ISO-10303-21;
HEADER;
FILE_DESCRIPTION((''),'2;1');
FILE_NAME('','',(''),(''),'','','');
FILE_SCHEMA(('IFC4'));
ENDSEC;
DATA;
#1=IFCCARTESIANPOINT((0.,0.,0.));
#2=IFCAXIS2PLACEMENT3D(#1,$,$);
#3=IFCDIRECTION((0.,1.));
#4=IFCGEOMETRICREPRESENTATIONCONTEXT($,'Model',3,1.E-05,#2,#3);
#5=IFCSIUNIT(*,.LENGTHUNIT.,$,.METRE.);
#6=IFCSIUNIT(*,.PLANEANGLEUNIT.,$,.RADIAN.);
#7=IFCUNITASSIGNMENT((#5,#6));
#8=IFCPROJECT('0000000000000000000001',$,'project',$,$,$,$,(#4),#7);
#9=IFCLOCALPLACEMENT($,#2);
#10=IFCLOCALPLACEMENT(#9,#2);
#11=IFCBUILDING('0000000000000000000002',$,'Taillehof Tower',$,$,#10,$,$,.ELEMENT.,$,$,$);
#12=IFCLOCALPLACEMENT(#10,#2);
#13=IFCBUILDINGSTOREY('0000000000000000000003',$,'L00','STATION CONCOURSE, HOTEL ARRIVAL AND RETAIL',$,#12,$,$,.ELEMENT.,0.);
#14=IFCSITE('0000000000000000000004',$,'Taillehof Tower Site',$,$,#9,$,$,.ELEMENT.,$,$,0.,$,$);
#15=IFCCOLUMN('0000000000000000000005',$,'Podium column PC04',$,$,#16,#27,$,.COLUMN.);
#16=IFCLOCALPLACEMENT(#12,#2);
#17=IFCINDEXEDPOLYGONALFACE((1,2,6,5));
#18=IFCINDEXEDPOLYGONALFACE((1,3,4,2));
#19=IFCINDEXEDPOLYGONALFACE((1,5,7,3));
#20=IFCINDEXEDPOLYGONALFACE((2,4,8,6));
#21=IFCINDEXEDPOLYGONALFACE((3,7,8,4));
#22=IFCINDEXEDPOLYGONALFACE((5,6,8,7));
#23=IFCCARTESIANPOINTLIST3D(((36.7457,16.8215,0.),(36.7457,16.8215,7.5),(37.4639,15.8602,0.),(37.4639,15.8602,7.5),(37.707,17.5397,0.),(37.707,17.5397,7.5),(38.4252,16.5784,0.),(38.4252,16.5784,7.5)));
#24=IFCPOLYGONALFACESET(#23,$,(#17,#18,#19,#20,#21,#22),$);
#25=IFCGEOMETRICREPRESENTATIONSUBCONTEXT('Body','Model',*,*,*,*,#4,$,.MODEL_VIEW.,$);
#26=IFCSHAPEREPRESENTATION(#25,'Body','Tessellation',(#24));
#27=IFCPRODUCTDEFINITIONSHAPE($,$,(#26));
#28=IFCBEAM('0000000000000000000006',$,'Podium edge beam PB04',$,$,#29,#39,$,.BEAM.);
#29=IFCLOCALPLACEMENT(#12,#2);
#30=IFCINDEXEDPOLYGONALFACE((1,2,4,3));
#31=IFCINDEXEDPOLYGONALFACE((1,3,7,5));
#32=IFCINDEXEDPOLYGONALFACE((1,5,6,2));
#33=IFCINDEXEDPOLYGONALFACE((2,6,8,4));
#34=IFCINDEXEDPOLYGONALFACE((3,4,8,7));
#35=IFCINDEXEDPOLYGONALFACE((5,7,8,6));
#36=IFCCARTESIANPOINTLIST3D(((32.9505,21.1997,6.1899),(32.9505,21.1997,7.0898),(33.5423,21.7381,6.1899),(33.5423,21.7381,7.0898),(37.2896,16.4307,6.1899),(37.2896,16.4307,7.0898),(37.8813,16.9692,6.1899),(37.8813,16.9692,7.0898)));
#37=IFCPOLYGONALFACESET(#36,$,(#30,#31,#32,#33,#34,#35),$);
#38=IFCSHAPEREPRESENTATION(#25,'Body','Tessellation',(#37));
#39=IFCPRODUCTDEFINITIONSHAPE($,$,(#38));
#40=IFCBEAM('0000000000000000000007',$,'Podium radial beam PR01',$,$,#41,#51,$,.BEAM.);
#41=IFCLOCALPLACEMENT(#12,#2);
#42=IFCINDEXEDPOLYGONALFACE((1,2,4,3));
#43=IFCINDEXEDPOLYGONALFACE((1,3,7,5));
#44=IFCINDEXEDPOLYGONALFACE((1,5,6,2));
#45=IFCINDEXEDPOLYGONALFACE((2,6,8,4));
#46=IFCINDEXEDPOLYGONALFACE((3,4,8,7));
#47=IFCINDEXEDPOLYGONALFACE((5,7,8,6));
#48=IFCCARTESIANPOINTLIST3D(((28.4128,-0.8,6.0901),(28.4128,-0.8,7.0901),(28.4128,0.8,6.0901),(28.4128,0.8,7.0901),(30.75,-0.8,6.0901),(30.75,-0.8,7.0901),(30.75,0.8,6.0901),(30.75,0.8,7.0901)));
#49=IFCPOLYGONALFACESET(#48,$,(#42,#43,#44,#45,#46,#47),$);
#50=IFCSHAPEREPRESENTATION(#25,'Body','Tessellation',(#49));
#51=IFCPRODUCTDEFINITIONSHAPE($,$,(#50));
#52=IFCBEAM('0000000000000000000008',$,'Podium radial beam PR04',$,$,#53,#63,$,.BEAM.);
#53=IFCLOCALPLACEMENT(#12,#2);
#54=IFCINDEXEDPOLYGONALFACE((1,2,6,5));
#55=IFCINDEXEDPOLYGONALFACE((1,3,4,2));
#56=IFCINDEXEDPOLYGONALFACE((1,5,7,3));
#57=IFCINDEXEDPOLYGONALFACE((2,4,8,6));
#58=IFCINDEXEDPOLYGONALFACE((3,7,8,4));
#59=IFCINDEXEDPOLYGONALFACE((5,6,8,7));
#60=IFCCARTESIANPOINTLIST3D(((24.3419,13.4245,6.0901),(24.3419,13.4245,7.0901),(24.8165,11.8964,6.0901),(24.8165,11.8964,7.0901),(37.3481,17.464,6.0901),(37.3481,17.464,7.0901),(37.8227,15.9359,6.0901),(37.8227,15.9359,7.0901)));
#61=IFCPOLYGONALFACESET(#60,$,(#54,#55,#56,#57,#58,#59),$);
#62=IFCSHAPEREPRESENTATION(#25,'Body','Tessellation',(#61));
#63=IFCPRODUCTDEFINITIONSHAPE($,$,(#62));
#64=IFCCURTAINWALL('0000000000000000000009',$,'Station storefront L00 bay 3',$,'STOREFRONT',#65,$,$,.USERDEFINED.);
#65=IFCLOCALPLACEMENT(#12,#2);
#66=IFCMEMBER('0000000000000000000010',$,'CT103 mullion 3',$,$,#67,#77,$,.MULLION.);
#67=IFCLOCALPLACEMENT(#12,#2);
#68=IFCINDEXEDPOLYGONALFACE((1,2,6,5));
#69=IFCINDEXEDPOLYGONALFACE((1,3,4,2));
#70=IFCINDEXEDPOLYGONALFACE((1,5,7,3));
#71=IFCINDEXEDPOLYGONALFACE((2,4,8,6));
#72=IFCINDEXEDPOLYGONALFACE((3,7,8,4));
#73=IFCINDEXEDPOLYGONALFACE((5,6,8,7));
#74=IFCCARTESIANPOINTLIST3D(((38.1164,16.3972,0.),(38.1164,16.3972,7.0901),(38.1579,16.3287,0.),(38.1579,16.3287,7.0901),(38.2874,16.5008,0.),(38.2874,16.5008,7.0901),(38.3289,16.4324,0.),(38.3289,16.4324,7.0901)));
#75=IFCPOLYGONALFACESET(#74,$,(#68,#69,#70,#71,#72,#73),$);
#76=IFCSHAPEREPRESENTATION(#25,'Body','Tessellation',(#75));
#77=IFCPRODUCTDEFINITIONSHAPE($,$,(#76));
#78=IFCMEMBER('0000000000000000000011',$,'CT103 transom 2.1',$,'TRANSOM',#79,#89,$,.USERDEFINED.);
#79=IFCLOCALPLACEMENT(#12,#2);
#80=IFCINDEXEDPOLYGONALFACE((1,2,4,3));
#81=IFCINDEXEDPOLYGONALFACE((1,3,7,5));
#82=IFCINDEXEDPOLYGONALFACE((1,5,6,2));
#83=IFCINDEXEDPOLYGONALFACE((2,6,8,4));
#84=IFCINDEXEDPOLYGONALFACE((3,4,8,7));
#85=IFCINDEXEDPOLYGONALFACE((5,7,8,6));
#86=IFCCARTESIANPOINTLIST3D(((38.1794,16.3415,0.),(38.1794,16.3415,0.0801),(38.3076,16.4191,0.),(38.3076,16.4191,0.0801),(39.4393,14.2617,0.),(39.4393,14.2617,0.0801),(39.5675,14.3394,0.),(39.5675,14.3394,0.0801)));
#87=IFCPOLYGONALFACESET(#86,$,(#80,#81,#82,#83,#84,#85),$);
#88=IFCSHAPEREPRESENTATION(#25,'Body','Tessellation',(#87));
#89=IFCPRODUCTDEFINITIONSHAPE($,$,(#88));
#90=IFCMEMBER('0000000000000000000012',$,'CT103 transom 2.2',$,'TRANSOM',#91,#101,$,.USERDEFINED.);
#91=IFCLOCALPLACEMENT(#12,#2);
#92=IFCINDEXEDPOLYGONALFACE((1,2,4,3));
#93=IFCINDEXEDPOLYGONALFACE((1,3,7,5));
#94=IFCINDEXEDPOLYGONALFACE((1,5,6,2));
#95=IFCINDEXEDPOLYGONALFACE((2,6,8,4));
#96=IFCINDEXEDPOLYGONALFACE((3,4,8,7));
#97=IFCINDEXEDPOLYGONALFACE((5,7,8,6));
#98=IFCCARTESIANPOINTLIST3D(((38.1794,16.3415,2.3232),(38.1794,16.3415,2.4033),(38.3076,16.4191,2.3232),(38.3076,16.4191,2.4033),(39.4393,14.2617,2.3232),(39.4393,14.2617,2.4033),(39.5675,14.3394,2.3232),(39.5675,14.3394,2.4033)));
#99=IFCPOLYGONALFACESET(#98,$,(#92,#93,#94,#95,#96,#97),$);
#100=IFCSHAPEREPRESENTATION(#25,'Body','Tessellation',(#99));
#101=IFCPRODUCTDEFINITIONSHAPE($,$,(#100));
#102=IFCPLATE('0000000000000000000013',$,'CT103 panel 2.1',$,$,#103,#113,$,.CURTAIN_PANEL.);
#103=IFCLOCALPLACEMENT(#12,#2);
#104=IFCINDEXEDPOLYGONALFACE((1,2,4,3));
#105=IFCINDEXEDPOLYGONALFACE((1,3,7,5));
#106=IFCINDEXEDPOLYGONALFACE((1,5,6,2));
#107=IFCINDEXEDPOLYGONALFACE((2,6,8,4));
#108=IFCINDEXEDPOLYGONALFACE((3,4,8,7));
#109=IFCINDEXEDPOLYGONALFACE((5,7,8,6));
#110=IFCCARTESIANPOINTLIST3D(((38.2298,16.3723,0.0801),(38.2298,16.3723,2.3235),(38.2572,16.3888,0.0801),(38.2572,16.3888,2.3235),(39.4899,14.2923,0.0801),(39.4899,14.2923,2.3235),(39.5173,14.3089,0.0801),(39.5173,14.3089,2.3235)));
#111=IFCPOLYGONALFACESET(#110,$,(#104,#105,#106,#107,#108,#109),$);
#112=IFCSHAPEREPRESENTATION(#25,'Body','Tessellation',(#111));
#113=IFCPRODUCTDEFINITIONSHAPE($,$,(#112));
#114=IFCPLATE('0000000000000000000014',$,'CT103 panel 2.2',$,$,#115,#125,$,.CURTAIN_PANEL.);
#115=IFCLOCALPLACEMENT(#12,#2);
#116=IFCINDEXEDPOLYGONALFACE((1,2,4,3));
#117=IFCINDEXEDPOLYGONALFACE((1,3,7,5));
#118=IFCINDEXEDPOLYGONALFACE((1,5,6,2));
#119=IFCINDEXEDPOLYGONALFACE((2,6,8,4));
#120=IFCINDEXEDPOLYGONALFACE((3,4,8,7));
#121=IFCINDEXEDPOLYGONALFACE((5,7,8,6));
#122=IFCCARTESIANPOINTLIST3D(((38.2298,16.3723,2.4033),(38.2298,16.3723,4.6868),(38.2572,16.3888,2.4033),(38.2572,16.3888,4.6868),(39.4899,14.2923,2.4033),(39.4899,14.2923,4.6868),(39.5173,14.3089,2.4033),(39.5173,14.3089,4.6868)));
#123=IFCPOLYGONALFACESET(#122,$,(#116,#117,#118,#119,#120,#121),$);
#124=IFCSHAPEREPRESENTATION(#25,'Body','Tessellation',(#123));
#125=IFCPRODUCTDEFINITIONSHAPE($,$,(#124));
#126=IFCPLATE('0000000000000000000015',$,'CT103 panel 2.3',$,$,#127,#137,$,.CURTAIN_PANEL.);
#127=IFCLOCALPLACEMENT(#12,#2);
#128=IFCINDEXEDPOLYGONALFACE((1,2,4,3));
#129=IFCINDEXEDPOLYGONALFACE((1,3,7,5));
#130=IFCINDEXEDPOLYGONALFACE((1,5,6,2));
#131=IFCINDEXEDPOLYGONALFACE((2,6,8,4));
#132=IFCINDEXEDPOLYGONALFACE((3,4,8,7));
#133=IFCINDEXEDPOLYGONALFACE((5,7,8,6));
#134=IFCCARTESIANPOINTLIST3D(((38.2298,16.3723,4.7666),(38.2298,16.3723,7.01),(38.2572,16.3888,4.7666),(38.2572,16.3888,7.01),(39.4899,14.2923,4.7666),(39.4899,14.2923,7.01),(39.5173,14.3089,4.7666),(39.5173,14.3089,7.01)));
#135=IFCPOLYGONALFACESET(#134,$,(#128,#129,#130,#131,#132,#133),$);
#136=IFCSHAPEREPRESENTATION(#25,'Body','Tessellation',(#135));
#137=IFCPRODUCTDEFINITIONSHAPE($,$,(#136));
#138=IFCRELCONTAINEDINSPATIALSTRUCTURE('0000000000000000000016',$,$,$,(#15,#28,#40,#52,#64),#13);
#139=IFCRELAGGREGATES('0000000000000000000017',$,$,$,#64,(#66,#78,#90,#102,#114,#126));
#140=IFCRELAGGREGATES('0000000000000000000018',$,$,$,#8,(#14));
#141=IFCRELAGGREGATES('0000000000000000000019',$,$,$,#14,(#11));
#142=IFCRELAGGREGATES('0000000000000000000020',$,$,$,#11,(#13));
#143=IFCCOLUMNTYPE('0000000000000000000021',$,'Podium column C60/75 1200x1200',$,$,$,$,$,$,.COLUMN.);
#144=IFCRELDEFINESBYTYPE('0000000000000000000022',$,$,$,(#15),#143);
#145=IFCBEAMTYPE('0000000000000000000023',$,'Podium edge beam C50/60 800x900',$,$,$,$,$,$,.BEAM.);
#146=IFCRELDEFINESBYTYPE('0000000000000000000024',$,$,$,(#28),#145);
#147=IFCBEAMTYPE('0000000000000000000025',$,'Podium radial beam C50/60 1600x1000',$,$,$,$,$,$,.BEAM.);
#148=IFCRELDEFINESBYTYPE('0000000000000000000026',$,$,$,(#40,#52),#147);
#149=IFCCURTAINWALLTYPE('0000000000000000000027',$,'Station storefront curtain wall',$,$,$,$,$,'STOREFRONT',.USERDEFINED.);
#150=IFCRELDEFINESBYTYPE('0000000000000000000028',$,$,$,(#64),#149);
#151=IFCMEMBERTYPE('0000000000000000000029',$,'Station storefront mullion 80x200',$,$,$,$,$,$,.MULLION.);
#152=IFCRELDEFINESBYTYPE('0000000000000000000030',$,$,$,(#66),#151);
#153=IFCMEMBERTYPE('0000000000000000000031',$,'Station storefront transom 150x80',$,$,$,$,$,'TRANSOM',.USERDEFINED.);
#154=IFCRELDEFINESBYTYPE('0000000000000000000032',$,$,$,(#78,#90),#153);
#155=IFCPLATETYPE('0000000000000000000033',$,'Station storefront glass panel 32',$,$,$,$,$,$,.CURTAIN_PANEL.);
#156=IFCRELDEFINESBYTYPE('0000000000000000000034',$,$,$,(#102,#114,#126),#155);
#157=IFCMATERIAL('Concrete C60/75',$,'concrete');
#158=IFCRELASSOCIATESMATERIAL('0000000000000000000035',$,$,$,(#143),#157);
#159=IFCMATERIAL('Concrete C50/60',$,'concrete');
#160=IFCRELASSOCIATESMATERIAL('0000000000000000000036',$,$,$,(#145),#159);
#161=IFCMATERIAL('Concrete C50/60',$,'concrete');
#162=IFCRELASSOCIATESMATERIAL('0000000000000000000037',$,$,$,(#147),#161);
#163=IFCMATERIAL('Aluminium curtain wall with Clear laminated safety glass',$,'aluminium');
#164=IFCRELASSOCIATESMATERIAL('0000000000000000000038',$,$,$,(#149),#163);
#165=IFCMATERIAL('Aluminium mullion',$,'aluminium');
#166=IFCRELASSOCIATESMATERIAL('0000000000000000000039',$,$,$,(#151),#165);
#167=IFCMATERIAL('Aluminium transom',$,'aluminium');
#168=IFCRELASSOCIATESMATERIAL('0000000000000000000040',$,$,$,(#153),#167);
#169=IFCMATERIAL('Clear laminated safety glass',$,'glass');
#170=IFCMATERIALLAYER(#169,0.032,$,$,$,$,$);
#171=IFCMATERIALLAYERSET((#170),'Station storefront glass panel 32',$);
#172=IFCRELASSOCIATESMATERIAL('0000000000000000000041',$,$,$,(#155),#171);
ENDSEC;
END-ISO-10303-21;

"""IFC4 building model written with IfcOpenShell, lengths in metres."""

from ifc_helpers import new_model, si_unit, direction, frame, origin, origin_2d, place, context, subcontext, project, spatial, rectangle, extrude, material, layer, layer_set, material_profile, profile_set, type_object, element, aggregate, save


model = new_model("IFC4")

# Units and contexts
model_context = context("Model", 3, precision=1e-05, world=origin(), true_north=direction((0.0, 1.0)))
body_context = subcontext(model_context, "Body", "Model", "MODEL_VIEW")
ifc_project = project(units=[si_unit("LENGTHUNIT", "METRE"), si_unit("PLANEANGLEUNIT", "RADIAN")], contexts=[model_context])

# Site, building, storey
site_placement = place(None, origin())
site = spatial("IfcSite", under=ifc_project, at=site_placement, Name="Taillehof Tower Site", CompositionType="ELEMENT", RefElevation=0.0)
building_placement = place(site_placement, origin())
building = spatial("IfcBuilding", under=site, at=building_placement, Name="Taillehof Tower", CompositionType="ELEMENT")
storey_placement = place(building_placement, origin())
storey = spatial("IfcBuildingStorey", under=building, at=storey_placement, Name="L00", Description="STATION CONCOURSE, HOTEL ARRIVAL AND RETAIL", CompositionType="ELEMENT", Elevation=0.0)

# Column
ifc_material_1 = material(Name="Concrete C60/75", Category="concrete")
ifc_material_profile_1 = material_profile(ifc_material_1, rectangle(XDim=1.2, YDim=1.2, at=origin_2d()), Name="RC 1200x1200")
ifc_profile_set_1 = profile_set([ifc_material_profile_1], Name="Concrete C60/75")
column_type = type_object("IfcColumnType", Name="Podium column C60/75 1200x1200", PredefinedType="COLUMN", material=ifc_profile_set_1)
column_placement = place(storey_placement, frame((37.5854, 16.7, 0.0), z_axis=(0.0, 0.0, 1.0), x_axis=(0.801091, 0.598542, 0.0)))
element("IfcColumn", 1, at=column_placement, inside=storey, type_object=column_type, Name="Podium column PC04", PredefinedType="COLUMN", context=body_context, shape_type="SweptSolid", body=[
    extrude(rectangle(XDim=1.2, YDim=1.2, at=origin_2d()), origin(), (0.0, 0.0, 1.0), 7.5),
])

# Beams
ifc_material_2 = material(Name="Concrete C50/60", Category="concrete")
ifc_material_profile_2 = material_profile(ifc_material_2, rectangle(XDim=0.8, YDim=0.8999, at=origin_2d()), Name="RC 800x900")
ifc_profile_set_2 = profile_set([ifc_material_profile_2], Name="Concrete C50/60")
beam_type_1 = type_object("IfcBeamType", Name="Podium edge beam C50/60 800x900", PredefinedType="BEAM", material=ifc_profile_set_2)
beam_1_placement = place(storey_placement, frame((37.5854, 16.7, 6.6399), z_axis=(-0.67298, 0.739661, 0.0), x_axis=(-0.739661, -0.67298, 0.0)))
element("IfcBeam", 2, at=beam_1_placement, inside=storey, type_object=beam_type_1, Name="Podium edge beam PB04", PredefinedType="BEAM", context=body_context, shape_type="SweptSolid", body=[
    extrude(rectangle(XDim=0.8, YDim=0.8999, at=origin_2d()), origin(), (0.0, 0.0, 1.0), 6.4475),
])
ifc_material_3 = material(Name="Concrete C50/60", Category="concrete")
ifc_material_profile_3 = material_profile(ifc_material_3, rectangle(XDim=1.6001, YDim=1.0, at=origin_2d()), Name="RC 1600x1000")
ifc_profile_set_3 = profile_set([ifc_material_profile_3], Name="Concrete C50/60")
beam_type_2 = type_object("IfcBeamType", Name="Podium radial beam C50/60 1600x1000", PredefinedType="BEAM", material=ifc_profile_set_3)
beam_2_placement = place(storey_placement, frame((30.75, 0.0, 6.5901), z_axis=(-1.0, 0.0, 0.0), x_axis=(0.0, -1.0, 0.0)))
element("IfcBeam", 3, at=beam_2_placement, inside=storey, type_object=beam_type_2, Name="Podium radial beam PR01", PredefinedType="BEAM", context=body_context, shape_type="SweptSolid", body=[
    extrude(rectangle(XDim=1.6001, YDim=1.0, at=origin_2d()), origin(), (0.0, 0.0, 1.0), 2.3372),
])
beam_3_placement = place(storey_placement, frame((37.5854, 16.7, 6.5901), z_axis=(-0.955, -0.296607, 0.0), x_axis=(0.296607, -0.955, 0.0)))
element("IfcBeam", 4, at=beam_3_placement, inside=storey, type_object=beam_type_2, Name="Podium radial beam PR04", PredefinedType="BEAM", context=body_context, shape_type="SweptSolid", body=[
    extrude(rectangle(XDim=1.6001, YDim=1.0, at=origin_2d()), origin(), (0.0, 0.0, 1.0), 13.6191),
])

# Curtain wall, members, plates
ifc_material_4 = material(Name="Aluminium curtain wall with Clear laminated safety glass", Category="aluminium")
curtain_wall_type = type_object("IfcCurtainWallType", Name="Station storefront curtain wall", ElementType="STOREFRONT", PredefinedType="USERDEFINED", material=ifc_material_4)
curtain_wall_placement = place(storey_placement, origin())
curtain_wall = element("IfcCurtainWall", 5, at=curtain_wall_placement, inside=storey, type_object=curtain_wall_type, Name="Station storefront L00 bay 3", ObjectType="STOREFRONT", PredefinedType="USERDEFINED")
ifc_material_5 = material(Name="Aluminium mullion", Category="aluminium")
ifc_material_profile_4 = material_profile(ifc_material_5, rectangle(XDim=0.2, YDim=0.0801, at=origin_2d()), Name="AL 80x200")
ifc_profile_set_4 = profile_set([ifc_material_profile_4], Name="Aluminium mullion")
member_type_1 = type_object("IfcMemberType", Name="Station storefront mullion 80x200", PredefinedType="MULLION", material=ifc_profile_set_4)
member_1_placement = place(storey_placement, frame((38.2227, 16.4148, 0.0), z_axis=(0.0, 0.0, 1.0), x_axis=(-0.855289, -0.518151, 0.0)))
member_1 = element("IfcMember", 6, at=member_1_placement, type_object=member_type_1, Name="CT103 mullion 3", PredefinedType="MULLION", context=body_context, shape_type="SweptSolid", body=[
    extrude(rectangle(XDim=0.2, YDim=0.0801, at=origin_2d()), origin(), (0.0, 0.0, 1.0), 7.0901),
])
ifc_material_6 = material(Name="Aluminium transom", Category="aluminium")
ifc_material_profile_5 = material_profile(ifc_material_6, rectangle(XDim=0.1499, YDim=0.0801, at=origin_2d()), Name="AL 150x80")
ifc_profile_set_5 = profile_set([ifc_material_profile_5], Name="Aluminium transom")
member_type_2 = type_object("IfcMemberType", Name="Station storefront transom 150x80", ElementType="TRANSOM", PredefinedType="USERDEFINED", material=ifc_profile_set_5)
member_2_placement = place(storey_placement, frame((39.5034, 14.3005, 0.04), z_axis=(-0.518153, 0.855288, 0.0), x_axis=(-0.855288, -0.518153, 0.0)))
member_2 = element("IfcMember", 7, at=member_2_placement, type_object=member_type_2, Name="CT103 transom 2.1", ObjectType="TRANSOM", PredefinedType="USERDEFINED", context=body_context, shape_type="SweptSolid", body=[
    extrude(rectangle(XDim=0.1499, YDim=0.0801, at=origin_2d()), origin(), (0.0, 0.0, 1.0), 2.4316),
])
member_3_placement = place(storey_placement, frame((39.5034, 14.3005, 2.3633), z_axis=(-0.518153, 0.855288, 0.0), x_axis=(-0.855288, -0.518153, 0.0)))
member_3 = element("IfcMember", 8, at=member_3_placement, type_object=member_type_2, Name="CT103 transom 2.2", ObjectType="TRANSOM", PredefinedType="USERDEFINED", context=body_context, shape_type="SweptSolid", body=[
    extrude(rectangle(XDim=0.1499, YDim=0.0801, at=origin_2d()), origin(), (0.0, 0.0, 1.0), 2.4316),
])
ifc_material_7 = material(Name="Clear laminated safety glass", Category="glass")
ifc_layer_1 = layer(ifc_material_7, 0.032)
ifc_layer_set_1 = layer_set([ifc_layer_1], Name="Station storefront glass panel 32")
plate_type = type_object("IfcPlateType", Name="Station storefront glass panel 32", PredefinedType="CURTAIN_PANEL", material=ifc_layer_set_1)
plate_1_placement = place(storey_placement, frame((38.8735, 15.3406, 0.0801), z_axis=(0.0, 0.0, 1.0), x_axis=(-0.518151, 0.855289, 0.0)))
plate_1 = element("IfcPlate", 9, at=plate_1_placement, type_object=plate_type, Name="CT103 panel 2.1", PredefinedType="CURTAIN_PANEL", context=body_context, shape_type="SweptSolid", body=[
    extrude(rectangle(XDim=2.4319, YDim=0.032, at=origin_2d()), origin(), (0.0, 0.0, 1.0), 2.2434),
])
plate_2_placement = place(storey_placement, frame((38.8735, 15.3406, 2.4033), z_axis=(0.0, 0.0, 1.0), x_axis=(-0.518151, 0.855289, 0.0)))
plate_2 = element("IfcPlate", 10, at=plate_2_placement, type_object=plate_type, Name="CT103 panel 2.2", PredefinedType="CURTAIN_PANEL", context=body_context, shape_type="SweptSolid", body=[
    extrude(rectangle(XDim=2.4319, YDim=0.032, at=origin_2d()), origin(), (0.0, 0.0, 1.0), 2.2834),
])
plate_3_placement = place(storey_placement, frame((38.8735, 15.3406, 4.7666), z_axis=(0.0, 0.0, 1.0), x_axis=(-0.518151, 0.855289, 0.0)))
plate_3 = element("IfcPlate", 11, at=plate_3_placement, type_object=plate_type, Name="CT103 panel 2.3", PredefinedType="CURTAIN_PANEL", context=body_context, shape_type="SweptSolid", body=[
    extrude(rectangle(XDim=2.4319, YDim=0.032, at=origin_2d()), origin(), (0.0, 0.0, 1.0), 2.2434),
])
aggregate(curtain_wall, [member_1, member_2, member_3, plate_1, plate_2, plate_3])

save(model, "model.ifc")
